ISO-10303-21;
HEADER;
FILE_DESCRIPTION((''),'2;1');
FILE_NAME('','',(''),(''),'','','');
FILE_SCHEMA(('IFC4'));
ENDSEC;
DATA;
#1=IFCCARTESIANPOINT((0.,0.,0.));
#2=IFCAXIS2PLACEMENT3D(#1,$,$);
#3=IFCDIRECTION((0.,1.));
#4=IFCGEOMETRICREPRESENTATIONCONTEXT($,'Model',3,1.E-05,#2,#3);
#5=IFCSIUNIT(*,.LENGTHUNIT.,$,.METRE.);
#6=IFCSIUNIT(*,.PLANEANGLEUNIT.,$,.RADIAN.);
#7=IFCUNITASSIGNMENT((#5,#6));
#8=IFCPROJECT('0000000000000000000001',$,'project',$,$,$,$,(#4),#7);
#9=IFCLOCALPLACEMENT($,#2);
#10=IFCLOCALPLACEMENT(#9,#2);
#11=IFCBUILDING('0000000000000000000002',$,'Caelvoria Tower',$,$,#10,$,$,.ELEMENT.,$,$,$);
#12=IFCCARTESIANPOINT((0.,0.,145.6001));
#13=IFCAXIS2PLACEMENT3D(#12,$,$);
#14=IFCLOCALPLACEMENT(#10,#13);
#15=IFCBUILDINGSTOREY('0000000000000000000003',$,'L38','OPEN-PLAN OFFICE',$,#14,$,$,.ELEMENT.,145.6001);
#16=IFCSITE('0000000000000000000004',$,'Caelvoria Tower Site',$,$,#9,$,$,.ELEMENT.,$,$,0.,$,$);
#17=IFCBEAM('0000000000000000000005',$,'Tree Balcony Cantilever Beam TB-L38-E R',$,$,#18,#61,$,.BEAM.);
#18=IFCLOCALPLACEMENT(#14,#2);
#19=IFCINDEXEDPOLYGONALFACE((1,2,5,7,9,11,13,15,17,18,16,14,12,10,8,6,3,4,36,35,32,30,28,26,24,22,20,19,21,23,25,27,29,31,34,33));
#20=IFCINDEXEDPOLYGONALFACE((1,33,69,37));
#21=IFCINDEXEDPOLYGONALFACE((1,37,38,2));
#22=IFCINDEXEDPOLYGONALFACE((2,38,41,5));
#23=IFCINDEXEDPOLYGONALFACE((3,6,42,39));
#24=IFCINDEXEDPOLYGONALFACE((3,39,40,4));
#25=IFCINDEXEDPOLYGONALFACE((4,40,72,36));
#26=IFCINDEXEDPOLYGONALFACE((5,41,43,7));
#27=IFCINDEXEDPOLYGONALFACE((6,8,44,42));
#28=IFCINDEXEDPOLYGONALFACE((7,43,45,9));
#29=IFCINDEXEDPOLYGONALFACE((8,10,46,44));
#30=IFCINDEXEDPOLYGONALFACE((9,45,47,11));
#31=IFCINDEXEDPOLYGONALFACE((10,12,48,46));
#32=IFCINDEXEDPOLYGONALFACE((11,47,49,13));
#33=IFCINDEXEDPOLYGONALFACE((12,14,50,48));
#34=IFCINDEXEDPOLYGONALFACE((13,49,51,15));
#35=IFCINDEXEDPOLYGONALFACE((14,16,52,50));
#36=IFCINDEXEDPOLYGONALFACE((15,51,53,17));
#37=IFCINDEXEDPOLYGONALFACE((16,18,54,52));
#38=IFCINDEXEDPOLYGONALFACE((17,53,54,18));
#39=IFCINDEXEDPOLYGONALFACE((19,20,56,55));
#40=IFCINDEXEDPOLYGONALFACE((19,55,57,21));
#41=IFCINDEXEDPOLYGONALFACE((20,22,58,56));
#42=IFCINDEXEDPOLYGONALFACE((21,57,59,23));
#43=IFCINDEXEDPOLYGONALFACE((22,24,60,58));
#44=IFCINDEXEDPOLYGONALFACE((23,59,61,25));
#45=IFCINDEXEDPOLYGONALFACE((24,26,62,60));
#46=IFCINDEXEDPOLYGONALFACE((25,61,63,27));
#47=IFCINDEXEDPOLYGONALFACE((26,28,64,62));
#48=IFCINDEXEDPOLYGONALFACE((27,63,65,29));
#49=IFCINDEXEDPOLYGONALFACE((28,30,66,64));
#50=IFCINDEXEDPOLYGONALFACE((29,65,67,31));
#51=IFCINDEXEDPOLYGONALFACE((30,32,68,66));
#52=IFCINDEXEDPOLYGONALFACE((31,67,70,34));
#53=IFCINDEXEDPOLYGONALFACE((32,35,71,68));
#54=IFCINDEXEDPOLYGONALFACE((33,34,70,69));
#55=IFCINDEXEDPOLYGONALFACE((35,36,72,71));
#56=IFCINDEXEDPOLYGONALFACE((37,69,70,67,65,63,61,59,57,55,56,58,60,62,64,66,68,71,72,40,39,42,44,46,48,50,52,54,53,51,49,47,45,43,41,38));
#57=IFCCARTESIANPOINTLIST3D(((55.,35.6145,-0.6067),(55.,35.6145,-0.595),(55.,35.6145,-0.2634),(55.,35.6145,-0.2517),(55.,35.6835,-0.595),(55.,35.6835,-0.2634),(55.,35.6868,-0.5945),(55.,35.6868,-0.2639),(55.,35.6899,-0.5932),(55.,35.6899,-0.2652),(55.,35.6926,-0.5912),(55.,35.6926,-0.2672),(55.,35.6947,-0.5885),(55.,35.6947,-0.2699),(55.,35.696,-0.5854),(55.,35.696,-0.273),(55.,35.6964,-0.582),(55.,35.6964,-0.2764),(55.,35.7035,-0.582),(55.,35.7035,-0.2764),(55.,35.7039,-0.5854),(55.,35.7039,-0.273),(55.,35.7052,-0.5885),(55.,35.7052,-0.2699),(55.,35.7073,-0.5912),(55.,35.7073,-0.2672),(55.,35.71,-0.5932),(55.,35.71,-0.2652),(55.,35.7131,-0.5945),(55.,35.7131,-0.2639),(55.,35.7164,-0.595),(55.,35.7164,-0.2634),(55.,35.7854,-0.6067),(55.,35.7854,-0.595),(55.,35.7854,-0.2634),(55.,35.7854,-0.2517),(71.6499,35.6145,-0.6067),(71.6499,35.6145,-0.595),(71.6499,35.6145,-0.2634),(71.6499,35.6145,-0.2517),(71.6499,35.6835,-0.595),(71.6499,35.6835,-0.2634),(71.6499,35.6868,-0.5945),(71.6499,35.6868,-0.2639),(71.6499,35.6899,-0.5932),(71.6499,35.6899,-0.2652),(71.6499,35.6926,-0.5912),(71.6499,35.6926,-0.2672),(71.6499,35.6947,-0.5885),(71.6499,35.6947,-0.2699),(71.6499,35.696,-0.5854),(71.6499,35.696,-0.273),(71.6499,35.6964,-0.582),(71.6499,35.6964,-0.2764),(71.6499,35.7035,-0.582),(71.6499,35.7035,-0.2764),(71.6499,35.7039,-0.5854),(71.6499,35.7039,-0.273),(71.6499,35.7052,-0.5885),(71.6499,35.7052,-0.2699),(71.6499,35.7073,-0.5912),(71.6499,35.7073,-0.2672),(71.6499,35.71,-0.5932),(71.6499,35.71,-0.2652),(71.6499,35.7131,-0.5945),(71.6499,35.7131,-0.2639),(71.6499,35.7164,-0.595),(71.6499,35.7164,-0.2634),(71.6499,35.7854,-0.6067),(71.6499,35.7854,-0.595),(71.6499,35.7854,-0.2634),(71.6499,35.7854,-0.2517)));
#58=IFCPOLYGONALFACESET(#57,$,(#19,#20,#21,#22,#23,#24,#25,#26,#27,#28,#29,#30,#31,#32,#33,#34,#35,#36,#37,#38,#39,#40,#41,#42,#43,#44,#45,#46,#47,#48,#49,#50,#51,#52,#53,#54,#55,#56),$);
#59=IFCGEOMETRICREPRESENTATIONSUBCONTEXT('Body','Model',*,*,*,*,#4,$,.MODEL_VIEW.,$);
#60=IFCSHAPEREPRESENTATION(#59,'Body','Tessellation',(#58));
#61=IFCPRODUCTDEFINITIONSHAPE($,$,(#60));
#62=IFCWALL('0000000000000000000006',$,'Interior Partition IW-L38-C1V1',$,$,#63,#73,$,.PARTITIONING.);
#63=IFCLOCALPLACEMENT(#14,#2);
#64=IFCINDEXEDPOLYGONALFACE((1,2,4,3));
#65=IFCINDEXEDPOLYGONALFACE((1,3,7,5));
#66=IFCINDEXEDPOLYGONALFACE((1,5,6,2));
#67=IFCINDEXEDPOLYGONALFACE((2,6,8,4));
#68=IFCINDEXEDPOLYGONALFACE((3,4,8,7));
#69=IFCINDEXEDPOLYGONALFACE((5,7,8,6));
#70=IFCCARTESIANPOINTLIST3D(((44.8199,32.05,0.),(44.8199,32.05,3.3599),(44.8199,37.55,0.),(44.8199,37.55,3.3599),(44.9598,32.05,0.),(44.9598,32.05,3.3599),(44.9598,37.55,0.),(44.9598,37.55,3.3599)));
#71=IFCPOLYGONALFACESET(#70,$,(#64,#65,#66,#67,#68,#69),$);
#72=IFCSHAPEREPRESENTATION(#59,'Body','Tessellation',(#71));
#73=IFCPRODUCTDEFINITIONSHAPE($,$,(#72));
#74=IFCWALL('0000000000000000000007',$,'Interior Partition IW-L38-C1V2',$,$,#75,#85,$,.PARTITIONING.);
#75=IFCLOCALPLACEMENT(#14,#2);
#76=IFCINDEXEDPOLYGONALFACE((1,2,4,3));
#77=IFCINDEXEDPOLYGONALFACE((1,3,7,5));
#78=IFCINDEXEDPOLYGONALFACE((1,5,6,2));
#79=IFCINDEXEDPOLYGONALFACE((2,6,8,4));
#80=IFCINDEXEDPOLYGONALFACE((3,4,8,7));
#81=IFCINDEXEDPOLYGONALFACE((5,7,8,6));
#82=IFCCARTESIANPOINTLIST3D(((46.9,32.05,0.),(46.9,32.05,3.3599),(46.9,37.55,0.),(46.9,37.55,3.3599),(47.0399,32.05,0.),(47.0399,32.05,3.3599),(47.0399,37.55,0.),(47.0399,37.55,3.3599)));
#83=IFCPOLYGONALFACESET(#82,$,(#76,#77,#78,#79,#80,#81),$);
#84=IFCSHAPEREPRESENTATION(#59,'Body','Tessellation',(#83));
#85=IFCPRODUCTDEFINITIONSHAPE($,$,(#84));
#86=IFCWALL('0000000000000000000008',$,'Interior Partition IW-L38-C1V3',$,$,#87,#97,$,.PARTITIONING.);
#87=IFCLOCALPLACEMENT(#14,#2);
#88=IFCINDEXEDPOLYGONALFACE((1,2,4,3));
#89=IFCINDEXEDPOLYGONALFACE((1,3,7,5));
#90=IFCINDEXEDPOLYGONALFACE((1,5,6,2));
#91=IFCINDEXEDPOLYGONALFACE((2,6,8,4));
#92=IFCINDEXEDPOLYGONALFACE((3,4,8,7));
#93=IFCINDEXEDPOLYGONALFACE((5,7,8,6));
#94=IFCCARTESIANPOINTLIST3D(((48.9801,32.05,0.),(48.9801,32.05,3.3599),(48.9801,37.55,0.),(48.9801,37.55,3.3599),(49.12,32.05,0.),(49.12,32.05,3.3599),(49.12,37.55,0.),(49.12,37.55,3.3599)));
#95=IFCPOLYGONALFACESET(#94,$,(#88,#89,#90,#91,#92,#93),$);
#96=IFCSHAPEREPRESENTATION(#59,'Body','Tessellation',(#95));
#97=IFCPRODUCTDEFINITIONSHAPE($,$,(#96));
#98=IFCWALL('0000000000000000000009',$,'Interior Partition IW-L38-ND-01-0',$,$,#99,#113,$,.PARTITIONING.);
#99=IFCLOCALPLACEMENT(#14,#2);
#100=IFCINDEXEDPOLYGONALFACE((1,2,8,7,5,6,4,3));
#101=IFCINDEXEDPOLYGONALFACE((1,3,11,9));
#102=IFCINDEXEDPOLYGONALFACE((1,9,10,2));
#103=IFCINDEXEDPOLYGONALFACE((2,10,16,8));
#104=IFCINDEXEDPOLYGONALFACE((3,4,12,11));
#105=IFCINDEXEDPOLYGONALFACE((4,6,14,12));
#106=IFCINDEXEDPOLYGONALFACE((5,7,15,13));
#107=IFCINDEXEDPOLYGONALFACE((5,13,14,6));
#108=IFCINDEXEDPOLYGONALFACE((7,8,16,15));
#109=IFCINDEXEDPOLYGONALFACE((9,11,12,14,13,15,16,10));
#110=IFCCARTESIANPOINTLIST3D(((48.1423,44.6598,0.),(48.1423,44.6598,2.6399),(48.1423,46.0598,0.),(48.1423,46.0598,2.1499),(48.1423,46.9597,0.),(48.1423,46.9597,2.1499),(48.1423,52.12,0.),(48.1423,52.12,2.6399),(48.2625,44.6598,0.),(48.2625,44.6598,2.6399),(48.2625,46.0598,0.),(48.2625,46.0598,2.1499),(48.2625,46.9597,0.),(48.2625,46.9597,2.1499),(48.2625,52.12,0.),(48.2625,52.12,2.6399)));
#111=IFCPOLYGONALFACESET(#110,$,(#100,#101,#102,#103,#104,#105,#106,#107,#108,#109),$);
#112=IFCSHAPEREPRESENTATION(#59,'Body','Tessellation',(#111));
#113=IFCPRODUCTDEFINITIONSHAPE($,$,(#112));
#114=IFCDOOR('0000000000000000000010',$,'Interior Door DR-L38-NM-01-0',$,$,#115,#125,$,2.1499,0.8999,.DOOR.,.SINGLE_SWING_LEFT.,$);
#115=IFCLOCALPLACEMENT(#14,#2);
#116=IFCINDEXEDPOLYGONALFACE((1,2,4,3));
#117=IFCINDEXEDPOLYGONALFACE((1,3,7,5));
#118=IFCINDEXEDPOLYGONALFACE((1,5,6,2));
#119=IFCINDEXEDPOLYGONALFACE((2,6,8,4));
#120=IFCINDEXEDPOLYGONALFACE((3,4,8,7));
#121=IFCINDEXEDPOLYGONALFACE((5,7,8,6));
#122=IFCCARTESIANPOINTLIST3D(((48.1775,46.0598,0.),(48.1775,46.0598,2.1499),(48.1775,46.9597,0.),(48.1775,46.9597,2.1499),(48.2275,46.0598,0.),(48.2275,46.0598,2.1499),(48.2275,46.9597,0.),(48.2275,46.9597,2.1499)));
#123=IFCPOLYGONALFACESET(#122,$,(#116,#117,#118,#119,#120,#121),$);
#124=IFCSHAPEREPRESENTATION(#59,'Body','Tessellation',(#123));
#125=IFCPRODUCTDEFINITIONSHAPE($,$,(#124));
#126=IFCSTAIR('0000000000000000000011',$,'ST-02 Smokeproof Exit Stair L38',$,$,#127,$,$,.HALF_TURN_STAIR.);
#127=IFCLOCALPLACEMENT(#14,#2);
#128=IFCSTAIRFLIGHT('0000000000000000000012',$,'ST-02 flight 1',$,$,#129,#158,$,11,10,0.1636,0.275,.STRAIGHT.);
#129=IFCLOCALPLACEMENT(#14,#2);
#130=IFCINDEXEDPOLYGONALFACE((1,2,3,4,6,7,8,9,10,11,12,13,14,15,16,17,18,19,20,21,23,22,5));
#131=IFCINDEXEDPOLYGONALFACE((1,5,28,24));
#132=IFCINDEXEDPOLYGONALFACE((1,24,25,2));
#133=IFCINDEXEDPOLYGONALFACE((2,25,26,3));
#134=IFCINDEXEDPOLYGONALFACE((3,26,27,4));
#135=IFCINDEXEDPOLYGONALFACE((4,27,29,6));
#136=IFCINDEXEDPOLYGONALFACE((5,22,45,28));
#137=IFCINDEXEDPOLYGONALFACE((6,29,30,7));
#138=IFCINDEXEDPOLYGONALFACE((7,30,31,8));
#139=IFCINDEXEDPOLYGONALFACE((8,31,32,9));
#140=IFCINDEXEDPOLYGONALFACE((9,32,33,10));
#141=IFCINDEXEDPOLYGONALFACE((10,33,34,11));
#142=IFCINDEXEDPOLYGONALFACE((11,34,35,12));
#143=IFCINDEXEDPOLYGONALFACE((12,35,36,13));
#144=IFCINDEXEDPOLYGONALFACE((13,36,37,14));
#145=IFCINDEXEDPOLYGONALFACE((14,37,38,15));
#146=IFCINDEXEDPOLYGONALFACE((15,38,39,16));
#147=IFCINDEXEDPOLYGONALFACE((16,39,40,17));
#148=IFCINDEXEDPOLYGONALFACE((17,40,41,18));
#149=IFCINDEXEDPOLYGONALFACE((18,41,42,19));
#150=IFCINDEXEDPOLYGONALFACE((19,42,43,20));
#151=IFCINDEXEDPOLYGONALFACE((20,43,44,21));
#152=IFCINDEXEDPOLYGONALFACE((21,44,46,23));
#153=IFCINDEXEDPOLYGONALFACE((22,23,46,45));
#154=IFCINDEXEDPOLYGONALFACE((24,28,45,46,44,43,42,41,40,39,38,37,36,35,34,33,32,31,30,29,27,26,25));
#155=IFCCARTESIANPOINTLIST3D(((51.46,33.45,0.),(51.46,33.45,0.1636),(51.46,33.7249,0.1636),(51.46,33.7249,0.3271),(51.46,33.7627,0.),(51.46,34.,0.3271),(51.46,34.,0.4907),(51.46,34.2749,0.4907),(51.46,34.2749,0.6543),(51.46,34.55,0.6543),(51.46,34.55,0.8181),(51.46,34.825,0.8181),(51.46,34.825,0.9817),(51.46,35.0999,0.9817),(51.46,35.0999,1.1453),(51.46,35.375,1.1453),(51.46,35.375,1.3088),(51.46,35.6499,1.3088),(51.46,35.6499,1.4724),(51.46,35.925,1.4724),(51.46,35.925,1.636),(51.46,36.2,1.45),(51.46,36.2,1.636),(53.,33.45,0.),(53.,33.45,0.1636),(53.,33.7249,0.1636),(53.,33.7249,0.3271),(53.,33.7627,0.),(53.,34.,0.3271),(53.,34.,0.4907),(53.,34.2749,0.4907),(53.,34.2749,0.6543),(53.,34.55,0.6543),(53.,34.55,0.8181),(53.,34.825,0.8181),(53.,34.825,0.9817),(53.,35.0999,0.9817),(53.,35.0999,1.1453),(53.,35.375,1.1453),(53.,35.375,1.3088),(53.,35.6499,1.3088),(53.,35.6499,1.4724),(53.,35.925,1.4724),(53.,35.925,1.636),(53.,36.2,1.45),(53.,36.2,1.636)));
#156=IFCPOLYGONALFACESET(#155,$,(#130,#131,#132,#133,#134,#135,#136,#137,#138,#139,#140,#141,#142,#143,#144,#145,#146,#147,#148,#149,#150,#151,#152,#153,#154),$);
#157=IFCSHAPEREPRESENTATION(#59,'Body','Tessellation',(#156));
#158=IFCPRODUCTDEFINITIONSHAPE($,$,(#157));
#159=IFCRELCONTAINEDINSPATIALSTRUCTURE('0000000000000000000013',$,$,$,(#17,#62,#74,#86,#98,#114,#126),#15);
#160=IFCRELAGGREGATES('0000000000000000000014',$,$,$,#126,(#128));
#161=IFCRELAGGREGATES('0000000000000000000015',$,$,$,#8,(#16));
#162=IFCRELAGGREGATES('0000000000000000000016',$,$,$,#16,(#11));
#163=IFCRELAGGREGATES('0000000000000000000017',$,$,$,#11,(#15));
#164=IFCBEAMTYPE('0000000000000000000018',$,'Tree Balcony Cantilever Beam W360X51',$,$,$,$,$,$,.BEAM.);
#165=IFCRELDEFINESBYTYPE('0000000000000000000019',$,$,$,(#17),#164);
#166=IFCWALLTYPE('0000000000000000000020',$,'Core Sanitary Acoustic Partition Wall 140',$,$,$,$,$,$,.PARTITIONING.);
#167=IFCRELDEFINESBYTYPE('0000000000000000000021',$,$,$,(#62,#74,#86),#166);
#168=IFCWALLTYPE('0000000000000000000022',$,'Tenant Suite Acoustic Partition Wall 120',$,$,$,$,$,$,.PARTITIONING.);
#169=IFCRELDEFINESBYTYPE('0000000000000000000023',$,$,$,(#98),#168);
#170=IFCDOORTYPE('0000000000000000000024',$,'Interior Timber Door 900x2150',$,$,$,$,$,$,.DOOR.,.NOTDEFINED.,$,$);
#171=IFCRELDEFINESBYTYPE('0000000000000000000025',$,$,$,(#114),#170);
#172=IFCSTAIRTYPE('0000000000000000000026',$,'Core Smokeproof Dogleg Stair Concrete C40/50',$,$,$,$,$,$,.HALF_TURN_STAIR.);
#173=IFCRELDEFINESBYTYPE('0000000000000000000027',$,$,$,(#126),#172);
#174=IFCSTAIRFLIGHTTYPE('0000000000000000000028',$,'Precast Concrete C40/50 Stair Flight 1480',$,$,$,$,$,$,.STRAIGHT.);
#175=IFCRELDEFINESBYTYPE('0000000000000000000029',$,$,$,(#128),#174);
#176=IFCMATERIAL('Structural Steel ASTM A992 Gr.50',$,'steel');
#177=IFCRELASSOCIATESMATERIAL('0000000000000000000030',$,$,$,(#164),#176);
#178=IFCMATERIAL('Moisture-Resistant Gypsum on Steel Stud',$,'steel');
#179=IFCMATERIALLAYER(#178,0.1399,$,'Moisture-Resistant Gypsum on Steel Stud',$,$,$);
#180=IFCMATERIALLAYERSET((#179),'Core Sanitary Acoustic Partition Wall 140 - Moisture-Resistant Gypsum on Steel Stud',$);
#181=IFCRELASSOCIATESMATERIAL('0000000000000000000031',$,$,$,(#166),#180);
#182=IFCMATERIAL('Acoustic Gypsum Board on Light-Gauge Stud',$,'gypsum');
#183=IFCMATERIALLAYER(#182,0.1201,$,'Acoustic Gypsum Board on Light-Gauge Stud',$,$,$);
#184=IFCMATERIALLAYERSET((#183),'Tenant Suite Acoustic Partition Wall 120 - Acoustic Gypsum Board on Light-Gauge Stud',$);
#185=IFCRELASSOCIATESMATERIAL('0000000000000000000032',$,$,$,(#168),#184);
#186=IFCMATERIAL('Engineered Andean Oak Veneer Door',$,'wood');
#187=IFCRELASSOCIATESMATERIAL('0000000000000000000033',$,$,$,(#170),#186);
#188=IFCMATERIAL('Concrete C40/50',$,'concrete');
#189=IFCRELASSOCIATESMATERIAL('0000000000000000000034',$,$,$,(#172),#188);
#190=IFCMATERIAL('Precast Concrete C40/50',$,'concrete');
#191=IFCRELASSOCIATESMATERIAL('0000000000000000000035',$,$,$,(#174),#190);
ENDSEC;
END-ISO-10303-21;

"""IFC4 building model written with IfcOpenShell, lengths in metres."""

from ifc_helpers import new_model, si_unit, direction, frame, frame_2d, origin, origin_2d, place, context, subcontext, project, spatial, polyline, rectangle, i_section, outline, extrude, material, layer, layer_set, material_profile, profile_set, type_object, element, fill, aggregate, save


model = new_model("IFC4")

# Units and contexts
model_context = context("Model", 3, precision=1e-05, world=origin(), true_north=direction((0.0, 1.0)))
body_context = subcontext(model_context, "Body", "Model", "MODEL_VIEW")
ifc_project = project(units=[si_unit("LENGTHUNIT", "METRE"), si_unit("PLANEANGLEUNIT", "RADIAN")], contexts=[model_context])

# Site, building, storey
site_placement = place(None, origin())
site = spatial("IfcSite", under=ifc_project, at=site_placement, Name="Caelvoria Tower Site", CompositionType="ELEMENT", RefElevation=0.0)
building_placement = place(site_placement, origin())
building = spatial("IfcBuilding", under=site, at=building_placement, Name="Caelvoria Tower", CompositionType="ELEMENT")
storey_placement = place(building_placement, frame((0.0, 0.0, 145.6001)))
storey = spatial("IfcBuildingStorey", under=building, at=storey_placement, Name="L38", Description="OPEN-PLAN OFFICE", CompositionType="ELEMENT", Elevation=145.6001)

# Shared definitions
ifc_material_1 = material(Name="Structural Steel ASTM A992 Gr.50", Category="steel")

# Beam
ifc_material_profile_1 = material_profile(ifc_material_1, i_section(OverallWidth=0.1709, OverallDepth=0.355, WebThickness=0.0071, FlangeThickness=0.0117, FilletRadius=0.0129, at=origin_2d()), Name="Structural Steel ASTM A992 Gr.50")
ifc_profile_set_1 = profile_set([ifc_material_profile_1], Name="W360X51 - Structural Steel ASTM A992 Gr.50")
beam_type_1 = type_object("IfcBeamType", Name="Tree Balcony Cantilever Beam W360X51", PredefinedType="BEAM", material=ifc_profile_set_1)
beam_1_placement = place(storey_placement, frame((55.0, 35.7, -0.4292), z_axis=(1.0, 0.0, 0.0), x_axis=(0.0, 1.0, 0.0)))
element("IfcBeam", 1, at=beam_1_placement, inside=storey, type_object=beam_type_1, Name="Tree Balcony Cantilever Beam TB-L38-E R", PredefinedType="BEAM", context=body_context, shape_type="SweptSolid", body=[
    extrude(i_section(OverallWidth=0.1709, OverallDepth=0.355, WebThickness=0.0071, FlangeThickness=0.0117, FilletRadius=0.0129, at=origin_2d()), origin(), (0.0, 0.0, 1.0), 16.6499),
])

# Walls
ifc_material_2 = material(Name="Moisture-Resistant Gypsum on Steel Stud", Category="steel")
ifc_layer_1 = layer(ifc_material_2, 0.1399, Name="Moisture-Resistant Gypsum on Steel Stud")
ifc_layer_set_1 = layer_set([ifc_layer_1], Name="Core Sanitary Acoustic Partition Wall 140 - Moisture-Resistant Gypsum on Steel Stud")
wall_type_1 = type_object("IfcWallType", Name="Core Sanitary Acoustic Partition Wall 140", PredefinedType="PARTITIONING", material=ifc_layer_set_1)
for number, where, z_axis, x_axis, name in (
    (2, (44.8899, 32.05, 0.0), (0.0, 0.0, 1.0), (0.0, 1.0, 0.0), "Interior Partition IW-L38-C1V1"),
    (3, (46.97, 32.05, 0.0), (0.0, 0.0, 1.0), (0.0, 1.0, 0.0), "Interior Partition IW-L38-C1V2"),
    (4, (49.05, 32.05, 0.0), (0.0, 0.0, 1.0), (0.0, 1.0, 0.0), "Interior Partition IW-L38-C1V3"),
):
    element("IfcWall", number, at=place(storey_placement, frame(where, z_axis=z_axis, x_axis=x_axis)), inside=storey, type_object=wall_type_1, Name=name, PredefinedType="PARTITIONING", context=body_context, shape_type="SweptSolid", body=[
        extrude(rectangle(XDim=5.5, YDim=0.1399, at=frame_2d((2.75, 0.0))), origin(), (0.0, 0.0, 1.0), 3.3599),
    ])

# Wall, opening, door
ifc_material_3 = material(Name="Acoustic Gypsum Board on Light-Gauge Stud", Category="gypsum")
ifc_layer_2 = layer(ifc_material_3, 0.1201, Name="Acoustic Gypsum Board on Light-Gauge Stud")
ifc_layer_set_2 = layer_set([ifc_layer_2], Name="Tenant Suite Acoustic Partition Wall 120 - Acoustic Gypsum Board on Light-Gauge Stud")
wall_type_2 = type_object("IfcWallType", Name="Tenant Suite Acoustic Partition Wall 120", PredefinedType="PARTITIONING", material=ifc_layer_set_2)
wall_placement = place(storey_placement, frame((48.2024, 44.6599, 0.0), z_axis=(0.0, 0.0, 1.0), x_axis=(0.0, 1.0, 0.0)))
wall = element("IfcWall", 5, at=wall_placement, inside=storey, type_object=wall_type_2, Name="Interior Partition IW-L38-ND-01-0", PredefinedType="PARTITIONING", context=body_context, shape_type="SweptSolid", body=[
    extrude(rectangle(XDim=7.4602, YDim=0.1201, at=frame_2d((3.73, 0.0))), origin(), (0.0, 0.0, 1.0), 2.6399),
])
opening_placement = place(wall_placement, frame((1.3999, 0.0, 0.0)))
opening = element("IfcOpeningElement", 6, at=opening_placement, cuts=wall, PredefinedType="OPENING", context=body_context, shape_type="SweptSolid", body=[
    extrude(rectangle(XDim=0.8999, YDim=2.1499, at=frame_2d((0.45, 1.075))), frame((0.0, 0.0701, 0.0), z_axis=(0.0, -1.0, 0.0), x_axis=(1.0, 0.0, 0.0)), (0.0, 0.0, 1.0), 0.1401),
])
ifc_material_4 = material(Name="Engineered Andean Oak Veneer Door", Category="wood")
door_type = type_object("IfcDoorType", Name="Interior Timber Door 900x2150", OperationType="NOTDEFINED", PredefinedType="DOOR", material=ifc_material_4)
door_placement = place(opening_placement, origin())
door = element("IfcDoor", 7, at=door_placement, inside=storey, type_object=door_type, Name="Interior Door DR-L38-NM-01-0", OperationType="SINGLE_SWING_LEFT", OverallHeight=2.1499, OverallWidth=0.8999, PredefinedType="DOOR", context=body_context, shape_type="SweptSolid", body=[
    extrude(rectangle(XDim=0.8999, YDim=2.1499, at=frame_2d((0.45, 1.075))), frame((0.0, 0.0249, 0.0), z_axis=(0.0, -1.0, 0.0), x_axis=(1.0, 0.0, 0.0)), (0.0, 0.0, 1.0), 0.05),
])
fill(opening, door)

# Stair, stair flight
ifc_material_5 = material(Name="Concrete C40/50", Category="concrete")
stair_type = type_object("IfcStairType", Name="Core Smokeproof Dogleg Stair Concrete C40/50", PredefinedType="HALF_TURN_STAIR", material=ifc_material_5)
stair_placement = place(storey_placement, origin())
stair = element("IfcStair", 8, at=stair_placement, inside=storey, type_object=stair_type, Name="ST-02 Smokeproof Exit Stair L38", PredefinedType="HALF_TURN_STAIR")
ifc_material_6 = material(Name="Precast Concrete C40/50", Category="concrete")
stair_flight_type = type_object("IfcStairFlightType", Name="Precast Concrete C40/50 Stair Flight 1480", PredefinedType="STRAIGHT", material=ifc_material_6)
stair_flight_1_placement = place(storey_placement, frame((52.23, 33.45, 0.0), z_axis=(0.0, 0.0, 1.0), x_axis=(0.0, 1.0, 0.0)))
stair_flight_1 = element("IfcStairFlight", 9, at=stair_flight_1_placement, type_object=stair_flight_type, Name="ST-02 flight 1", NumberOfRisers=11, NumberOfTreads=10, PredefinedType="STRAIGHT", RiserHeight=0.1636, TreadLength=0.275, context=body_context, shape_type="SweptSolid", body=[
    extrude(outline(polyline([(0.0, 0.0), (0.0, 0.1636), (0.2749, 0.1636), (0.2749, 0.3271), (0.55, 0.3271), (0.55, 0.4907), (0.825, 0.4907), (0.825, 0.6543), (1.1001, 0.6543), (1.1001, 0.8181), (1.375, 0.8181), (1.375, 0.9817), (1.6499, 0.9817), (1.6499, 1.1453), (1.925, 1.1453), (1.925, 1.3088), (2.2, 1.3088), (2.2, 1.4724), (2.4751, 1.4724), (2.4751, 1.636), (2.75, 1.636), (2.75, 1.7996), (2.75, 1.45), (0.3127, 0.0), (0.0, 0.0)])), frame((0.0, 0.77, 0.0), z_axis=(0.0, -1.0, 0.0), x_axis=(1.0, 0.0, 0.0)), (0.0, 0.0, 1.0), 1.54),
])
aggregate(stair, [stair_flight_1])

save(model, "model.ifc")
